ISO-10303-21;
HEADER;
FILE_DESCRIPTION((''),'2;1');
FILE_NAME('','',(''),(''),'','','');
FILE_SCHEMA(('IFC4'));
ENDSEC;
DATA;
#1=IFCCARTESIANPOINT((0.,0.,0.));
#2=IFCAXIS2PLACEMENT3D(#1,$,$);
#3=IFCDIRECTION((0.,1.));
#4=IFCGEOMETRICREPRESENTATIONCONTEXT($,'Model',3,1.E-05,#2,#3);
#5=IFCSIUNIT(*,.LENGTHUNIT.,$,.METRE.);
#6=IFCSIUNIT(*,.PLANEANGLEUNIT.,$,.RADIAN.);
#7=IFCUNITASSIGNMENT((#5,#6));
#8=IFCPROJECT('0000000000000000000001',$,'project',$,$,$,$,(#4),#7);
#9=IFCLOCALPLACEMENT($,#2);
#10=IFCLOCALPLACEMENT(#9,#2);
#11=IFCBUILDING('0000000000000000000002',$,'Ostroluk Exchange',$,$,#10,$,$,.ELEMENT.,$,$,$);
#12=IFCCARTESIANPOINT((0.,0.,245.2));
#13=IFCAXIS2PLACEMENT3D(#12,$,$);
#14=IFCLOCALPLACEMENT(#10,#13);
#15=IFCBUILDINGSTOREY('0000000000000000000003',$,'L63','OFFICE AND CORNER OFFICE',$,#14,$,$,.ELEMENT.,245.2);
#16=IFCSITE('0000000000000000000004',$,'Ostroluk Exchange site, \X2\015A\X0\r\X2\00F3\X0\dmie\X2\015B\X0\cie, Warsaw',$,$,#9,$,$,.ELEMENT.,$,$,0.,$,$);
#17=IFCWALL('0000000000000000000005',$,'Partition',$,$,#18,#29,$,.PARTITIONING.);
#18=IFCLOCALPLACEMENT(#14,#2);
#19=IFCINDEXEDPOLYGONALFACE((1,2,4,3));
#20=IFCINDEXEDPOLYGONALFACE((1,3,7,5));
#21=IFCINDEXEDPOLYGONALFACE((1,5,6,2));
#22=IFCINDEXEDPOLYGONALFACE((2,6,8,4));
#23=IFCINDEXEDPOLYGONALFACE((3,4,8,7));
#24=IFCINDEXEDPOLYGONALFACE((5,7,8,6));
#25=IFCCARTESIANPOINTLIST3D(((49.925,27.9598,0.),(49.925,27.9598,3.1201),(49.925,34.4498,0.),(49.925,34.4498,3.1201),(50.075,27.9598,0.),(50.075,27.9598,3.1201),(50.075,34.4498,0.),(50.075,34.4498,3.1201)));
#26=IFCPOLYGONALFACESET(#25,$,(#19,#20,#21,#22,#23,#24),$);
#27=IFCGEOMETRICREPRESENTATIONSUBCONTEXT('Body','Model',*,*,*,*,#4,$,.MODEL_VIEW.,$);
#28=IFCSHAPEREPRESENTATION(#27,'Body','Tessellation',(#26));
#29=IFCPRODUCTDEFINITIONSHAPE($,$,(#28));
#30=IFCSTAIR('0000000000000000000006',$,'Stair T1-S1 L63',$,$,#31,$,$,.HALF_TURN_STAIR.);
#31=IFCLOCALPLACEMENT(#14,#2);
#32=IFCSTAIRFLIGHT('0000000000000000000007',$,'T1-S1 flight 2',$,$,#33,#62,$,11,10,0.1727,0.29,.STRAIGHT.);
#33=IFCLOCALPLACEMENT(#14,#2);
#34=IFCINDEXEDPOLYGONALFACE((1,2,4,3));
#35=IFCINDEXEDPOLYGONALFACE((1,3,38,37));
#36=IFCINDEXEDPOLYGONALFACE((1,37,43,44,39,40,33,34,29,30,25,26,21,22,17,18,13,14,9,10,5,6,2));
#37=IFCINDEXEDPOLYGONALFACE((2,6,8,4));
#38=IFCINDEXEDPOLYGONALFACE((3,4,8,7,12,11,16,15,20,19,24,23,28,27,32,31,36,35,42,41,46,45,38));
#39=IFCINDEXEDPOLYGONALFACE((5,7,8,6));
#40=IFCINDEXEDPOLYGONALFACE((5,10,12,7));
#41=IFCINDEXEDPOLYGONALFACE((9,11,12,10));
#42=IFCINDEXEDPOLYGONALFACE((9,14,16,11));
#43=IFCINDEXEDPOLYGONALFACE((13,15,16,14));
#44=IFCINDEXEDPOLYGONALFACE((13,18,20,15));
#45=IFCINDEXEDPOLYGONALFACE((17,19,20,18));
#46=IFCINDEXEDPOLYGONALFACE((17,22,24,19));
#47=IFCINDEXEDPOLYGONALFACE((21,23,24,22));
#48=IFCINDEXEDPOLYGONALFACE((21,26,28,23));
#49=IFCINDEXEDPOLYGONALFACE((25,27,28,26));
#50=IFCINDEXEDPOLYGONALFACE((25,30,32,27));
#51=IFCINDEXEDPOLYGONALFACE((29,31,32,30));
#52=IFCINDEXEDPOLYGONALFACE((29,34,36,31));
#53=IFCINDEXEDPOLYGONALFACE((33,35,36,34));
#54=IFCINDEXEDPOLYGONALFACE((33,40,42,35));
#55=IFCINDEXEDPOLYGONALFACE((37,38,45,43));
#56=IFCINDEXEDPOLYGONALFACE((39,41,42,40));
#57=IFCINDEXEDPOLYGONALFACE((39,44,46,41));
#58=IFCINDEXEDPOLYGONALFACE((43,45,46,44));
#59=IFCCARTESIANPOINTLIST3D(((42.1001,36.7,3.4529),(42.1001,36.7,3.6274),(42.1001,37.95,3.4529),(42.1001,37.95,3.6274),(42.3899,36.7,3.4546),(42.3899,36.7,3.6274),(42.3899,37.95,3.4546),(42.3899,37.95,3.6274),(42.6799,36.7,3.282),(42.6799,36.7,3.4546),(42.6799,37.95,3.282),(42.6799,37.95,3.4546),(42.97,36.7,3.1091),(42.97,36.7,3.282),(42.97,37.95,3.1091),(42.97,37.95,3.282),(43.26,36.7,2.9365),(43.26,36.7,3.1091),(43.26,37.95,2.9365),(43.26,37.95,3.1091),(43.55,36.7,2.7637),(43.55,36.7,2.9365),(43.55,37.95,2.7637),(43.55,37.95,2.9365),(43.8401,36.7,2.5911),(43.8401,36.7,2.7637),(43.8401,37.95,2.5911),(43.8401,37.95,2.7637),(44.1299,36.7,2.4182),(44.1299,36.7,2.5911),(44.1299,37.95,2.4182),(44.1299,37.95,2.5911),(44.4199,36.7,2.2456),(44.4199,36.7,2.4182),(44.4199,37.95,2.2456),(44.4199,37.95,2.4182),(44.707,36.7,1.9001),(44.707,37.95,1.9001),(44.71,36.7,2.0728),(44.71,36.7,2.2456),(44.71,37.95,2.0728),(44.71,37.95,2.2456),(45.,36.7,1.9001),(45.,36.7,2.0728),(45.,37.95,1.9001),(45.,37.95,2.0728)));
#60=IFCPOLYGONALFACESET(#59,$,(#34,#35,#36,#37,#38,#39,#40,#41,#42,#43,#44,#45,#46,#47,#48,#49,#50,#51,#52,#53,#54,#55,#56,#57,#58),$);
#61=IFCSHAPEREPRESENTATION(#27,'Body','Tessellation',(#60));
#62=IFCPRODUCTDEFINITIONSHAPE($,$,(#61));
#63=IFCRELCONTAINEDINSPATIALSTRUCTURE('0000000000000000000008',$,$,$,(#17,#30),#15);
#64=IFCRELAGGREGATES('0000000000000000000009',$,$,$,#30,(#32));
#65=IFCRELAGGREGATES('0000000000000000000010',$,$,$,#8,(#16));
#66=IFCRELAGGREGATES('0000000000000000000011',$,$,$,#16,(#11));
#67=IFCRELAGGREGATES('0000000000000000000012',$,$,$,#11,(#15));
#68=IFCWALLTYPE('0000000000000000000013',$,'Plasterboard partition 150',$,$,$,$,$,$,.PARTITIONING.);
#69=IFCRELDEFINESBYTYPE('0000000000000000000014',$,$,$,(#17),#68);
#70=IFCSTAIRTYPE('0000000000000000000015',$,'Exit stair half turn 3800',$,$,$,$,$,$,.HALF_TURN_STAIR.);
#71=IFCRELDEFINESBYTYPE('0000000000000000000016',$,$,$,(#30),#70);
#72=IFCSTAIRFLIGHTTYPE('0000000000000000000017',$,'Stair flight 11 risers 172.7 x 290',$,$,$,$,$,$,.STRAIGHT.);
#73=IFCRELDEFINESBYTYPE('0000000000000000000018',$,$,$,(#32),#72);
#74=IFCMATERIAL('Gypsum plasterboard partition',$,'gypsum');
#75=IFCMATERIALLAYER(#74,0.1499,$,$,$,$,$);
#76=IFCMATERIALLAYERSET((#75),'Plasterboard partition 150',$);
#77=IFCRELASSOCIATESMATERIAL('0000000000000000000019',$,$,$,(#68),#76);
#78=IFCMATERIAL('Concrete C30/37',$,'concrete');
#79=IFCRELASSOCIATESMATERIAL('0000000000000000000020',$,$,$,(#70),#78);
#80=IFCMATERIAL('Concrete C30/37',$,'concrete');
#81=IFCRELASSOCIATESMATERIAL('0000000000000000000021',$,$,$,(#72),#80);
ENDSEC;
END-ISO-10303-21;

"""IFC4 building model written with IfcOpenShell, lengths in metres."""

from ifc_helpers import new_model, si_unit, direction, frame, frame_2d, origin, place, context, subcontext, project, spatial, polyline, rectangle, outline, extrude, material, layer, layer_set, type_object, element, aggregate, save


model = new_model("IFC4")

# Units and contexts
model_context = context("Model", 3, precision=1e-05, world=origin(), true_north=direction((0.0, 1.0)))
body_context = subcontext(model_context, "Body", "Model", "MODEL_VIEW")
ifc_project = project(units=[si_unit("LENGTHUNIT", "METRE"), si_unit("PLANEANGLEUNIT", "RADIAN")], contexts=[model_context])

# Site, building, storey
site_placement = place(None, origin())
site = spatial("IfcSite", under=ifc_project, at=site_placement, Name="Ostroluk Exchange site, Śródmieście, Warsaw", CompositionType="ELEMENT", RefElevation=0.0)
building_placement = place(site_placement, origin())
building = spatial("IfcBuilding", under=site, at=building_placement, Name="Ostroluk Exchange", CompositionType="ELEMENT")
storey_placement = place(building_placement, frame((0.0, 0.0, 245.2)))
storey = spatial("IfcBuildingStorey", under=building, at=storey_placement, Name="L63", Description="OFFICE AND CORNER OFFICE", CompositionType="ELEMENT", Elevation=245.2)

# Shared definitions
ifc_material_1 = material(Name="Gypsum plasterboard partition", Category="gypsum")
ifc_layer_1 = layer(ifc_material_1, 0.1499)
ifc_layer_set_1 = layer_set([ifc_layer_1], Name="Plasterboard partition 150")
wall_type_1 = type_object("IfcWallType", Name="Plasterboard partition 150", PredefinedType="PARTITIONING", material=ifc_layer_set_1)

# Wall
for number, where, z_axis, x_axis, name in (
    (1, (50.0, 34.45, 0.0), (0.0, 0.0, 1.0), (0.0, -1.0, 0.0), "Partition"),
):
    element("IfcWall", number, at=place(storey_placement, frame(where, z_axis=z_axis, x_axis=x_axis)), inside=storey, type_object=wall_type_1, Name=name, PredefinedType="PARTITIONING", context=body_context, shape_type="SweptSolid", body=[
        extrude(rectangle(XDim=6.49, YDim=0.1499, at=frame_2d((3.2451, 0.0))), origin(), (0.0, 0.0, 1.0), 3.1201),
    ])

# Stair, stair flight
ifc_material_2 = material(Name="Concrete C30/37", Category="concrete")
stair_type = type_object("IfcStairType", Name="Exit stair half turn 3800", PredefinedType="HALF_TURN_STAIR", material=ifc_material_2)
stair_placement = place(storey_placement, origin())
stair = element("IfcStair", 2, at=stair_placement, inside=storey, type_object=stair_type, Name="Stair T1-S1 L63", PredefinedType="HALF_TURN_STAIR")
ifc_material_3 = material(Name="Concrete C30/37", Category="concrete")
stair_flight_type = type_object("IfcStairFlightType", Name="Stair flight 11 risers 172.7 x 290", PredefinedType="STRAIGHT", material=ifc_material_3)
stair_flight_placement = place(storey_placement, frame((45.0, 37.325, 1.9001), z_axis=(0.0, 0.0, 1.0), x_axis=(-1.0, 0.0, 0.0)))
stair_flight = element("IfcStairFlight", 3, at=stair_flight_placement, type_object=stair_flight_type, Name="T1-S1 flight 2", NumberOfRisers=11, NumberOfTreads=10, PredefinedType="STRAIGHT", RiserHeight=0.1727, TreadLength=0.29, context=body_context, shape_type="SweptSolid", body=[
    extrude(outline(polyline([(0.0, 0.0), (0.0, 0.1726), (0.29, 0.1726), (0.29, 0.3455), (0.5801, 0.3455), (0.5801, 0.5181), (0.8701, 0.5181), (0.8701, 0.6909), (1.1599, 0.6909), (1.1599, 0.8635), (1.45, 0.8635), (1.45, 1.0364), (1.74, 1.0364), (1.74, 1.209), (2.03, 1.209), (2.03, 1.3818), (2.3201, 1.3818), (2.3201, 1.5544), (2.6101, 1.5544), (2.6101, 1.7273), (2.8999, 1.7273), (2.8999, 1.8999), (2.8999, 1.5527), (0.293, 0.0), (0.0, 0.0)])), frame((0.0, 0.625, 0.0), z_axis=(0.0, -1.0, 0.0), x_axis=(1.0, 0.0, 0.0)), (0.0, 0.0, 1.0), 1.25),
])
aggregate(stair, [stair_flight])

save(model, "model.ifc")
